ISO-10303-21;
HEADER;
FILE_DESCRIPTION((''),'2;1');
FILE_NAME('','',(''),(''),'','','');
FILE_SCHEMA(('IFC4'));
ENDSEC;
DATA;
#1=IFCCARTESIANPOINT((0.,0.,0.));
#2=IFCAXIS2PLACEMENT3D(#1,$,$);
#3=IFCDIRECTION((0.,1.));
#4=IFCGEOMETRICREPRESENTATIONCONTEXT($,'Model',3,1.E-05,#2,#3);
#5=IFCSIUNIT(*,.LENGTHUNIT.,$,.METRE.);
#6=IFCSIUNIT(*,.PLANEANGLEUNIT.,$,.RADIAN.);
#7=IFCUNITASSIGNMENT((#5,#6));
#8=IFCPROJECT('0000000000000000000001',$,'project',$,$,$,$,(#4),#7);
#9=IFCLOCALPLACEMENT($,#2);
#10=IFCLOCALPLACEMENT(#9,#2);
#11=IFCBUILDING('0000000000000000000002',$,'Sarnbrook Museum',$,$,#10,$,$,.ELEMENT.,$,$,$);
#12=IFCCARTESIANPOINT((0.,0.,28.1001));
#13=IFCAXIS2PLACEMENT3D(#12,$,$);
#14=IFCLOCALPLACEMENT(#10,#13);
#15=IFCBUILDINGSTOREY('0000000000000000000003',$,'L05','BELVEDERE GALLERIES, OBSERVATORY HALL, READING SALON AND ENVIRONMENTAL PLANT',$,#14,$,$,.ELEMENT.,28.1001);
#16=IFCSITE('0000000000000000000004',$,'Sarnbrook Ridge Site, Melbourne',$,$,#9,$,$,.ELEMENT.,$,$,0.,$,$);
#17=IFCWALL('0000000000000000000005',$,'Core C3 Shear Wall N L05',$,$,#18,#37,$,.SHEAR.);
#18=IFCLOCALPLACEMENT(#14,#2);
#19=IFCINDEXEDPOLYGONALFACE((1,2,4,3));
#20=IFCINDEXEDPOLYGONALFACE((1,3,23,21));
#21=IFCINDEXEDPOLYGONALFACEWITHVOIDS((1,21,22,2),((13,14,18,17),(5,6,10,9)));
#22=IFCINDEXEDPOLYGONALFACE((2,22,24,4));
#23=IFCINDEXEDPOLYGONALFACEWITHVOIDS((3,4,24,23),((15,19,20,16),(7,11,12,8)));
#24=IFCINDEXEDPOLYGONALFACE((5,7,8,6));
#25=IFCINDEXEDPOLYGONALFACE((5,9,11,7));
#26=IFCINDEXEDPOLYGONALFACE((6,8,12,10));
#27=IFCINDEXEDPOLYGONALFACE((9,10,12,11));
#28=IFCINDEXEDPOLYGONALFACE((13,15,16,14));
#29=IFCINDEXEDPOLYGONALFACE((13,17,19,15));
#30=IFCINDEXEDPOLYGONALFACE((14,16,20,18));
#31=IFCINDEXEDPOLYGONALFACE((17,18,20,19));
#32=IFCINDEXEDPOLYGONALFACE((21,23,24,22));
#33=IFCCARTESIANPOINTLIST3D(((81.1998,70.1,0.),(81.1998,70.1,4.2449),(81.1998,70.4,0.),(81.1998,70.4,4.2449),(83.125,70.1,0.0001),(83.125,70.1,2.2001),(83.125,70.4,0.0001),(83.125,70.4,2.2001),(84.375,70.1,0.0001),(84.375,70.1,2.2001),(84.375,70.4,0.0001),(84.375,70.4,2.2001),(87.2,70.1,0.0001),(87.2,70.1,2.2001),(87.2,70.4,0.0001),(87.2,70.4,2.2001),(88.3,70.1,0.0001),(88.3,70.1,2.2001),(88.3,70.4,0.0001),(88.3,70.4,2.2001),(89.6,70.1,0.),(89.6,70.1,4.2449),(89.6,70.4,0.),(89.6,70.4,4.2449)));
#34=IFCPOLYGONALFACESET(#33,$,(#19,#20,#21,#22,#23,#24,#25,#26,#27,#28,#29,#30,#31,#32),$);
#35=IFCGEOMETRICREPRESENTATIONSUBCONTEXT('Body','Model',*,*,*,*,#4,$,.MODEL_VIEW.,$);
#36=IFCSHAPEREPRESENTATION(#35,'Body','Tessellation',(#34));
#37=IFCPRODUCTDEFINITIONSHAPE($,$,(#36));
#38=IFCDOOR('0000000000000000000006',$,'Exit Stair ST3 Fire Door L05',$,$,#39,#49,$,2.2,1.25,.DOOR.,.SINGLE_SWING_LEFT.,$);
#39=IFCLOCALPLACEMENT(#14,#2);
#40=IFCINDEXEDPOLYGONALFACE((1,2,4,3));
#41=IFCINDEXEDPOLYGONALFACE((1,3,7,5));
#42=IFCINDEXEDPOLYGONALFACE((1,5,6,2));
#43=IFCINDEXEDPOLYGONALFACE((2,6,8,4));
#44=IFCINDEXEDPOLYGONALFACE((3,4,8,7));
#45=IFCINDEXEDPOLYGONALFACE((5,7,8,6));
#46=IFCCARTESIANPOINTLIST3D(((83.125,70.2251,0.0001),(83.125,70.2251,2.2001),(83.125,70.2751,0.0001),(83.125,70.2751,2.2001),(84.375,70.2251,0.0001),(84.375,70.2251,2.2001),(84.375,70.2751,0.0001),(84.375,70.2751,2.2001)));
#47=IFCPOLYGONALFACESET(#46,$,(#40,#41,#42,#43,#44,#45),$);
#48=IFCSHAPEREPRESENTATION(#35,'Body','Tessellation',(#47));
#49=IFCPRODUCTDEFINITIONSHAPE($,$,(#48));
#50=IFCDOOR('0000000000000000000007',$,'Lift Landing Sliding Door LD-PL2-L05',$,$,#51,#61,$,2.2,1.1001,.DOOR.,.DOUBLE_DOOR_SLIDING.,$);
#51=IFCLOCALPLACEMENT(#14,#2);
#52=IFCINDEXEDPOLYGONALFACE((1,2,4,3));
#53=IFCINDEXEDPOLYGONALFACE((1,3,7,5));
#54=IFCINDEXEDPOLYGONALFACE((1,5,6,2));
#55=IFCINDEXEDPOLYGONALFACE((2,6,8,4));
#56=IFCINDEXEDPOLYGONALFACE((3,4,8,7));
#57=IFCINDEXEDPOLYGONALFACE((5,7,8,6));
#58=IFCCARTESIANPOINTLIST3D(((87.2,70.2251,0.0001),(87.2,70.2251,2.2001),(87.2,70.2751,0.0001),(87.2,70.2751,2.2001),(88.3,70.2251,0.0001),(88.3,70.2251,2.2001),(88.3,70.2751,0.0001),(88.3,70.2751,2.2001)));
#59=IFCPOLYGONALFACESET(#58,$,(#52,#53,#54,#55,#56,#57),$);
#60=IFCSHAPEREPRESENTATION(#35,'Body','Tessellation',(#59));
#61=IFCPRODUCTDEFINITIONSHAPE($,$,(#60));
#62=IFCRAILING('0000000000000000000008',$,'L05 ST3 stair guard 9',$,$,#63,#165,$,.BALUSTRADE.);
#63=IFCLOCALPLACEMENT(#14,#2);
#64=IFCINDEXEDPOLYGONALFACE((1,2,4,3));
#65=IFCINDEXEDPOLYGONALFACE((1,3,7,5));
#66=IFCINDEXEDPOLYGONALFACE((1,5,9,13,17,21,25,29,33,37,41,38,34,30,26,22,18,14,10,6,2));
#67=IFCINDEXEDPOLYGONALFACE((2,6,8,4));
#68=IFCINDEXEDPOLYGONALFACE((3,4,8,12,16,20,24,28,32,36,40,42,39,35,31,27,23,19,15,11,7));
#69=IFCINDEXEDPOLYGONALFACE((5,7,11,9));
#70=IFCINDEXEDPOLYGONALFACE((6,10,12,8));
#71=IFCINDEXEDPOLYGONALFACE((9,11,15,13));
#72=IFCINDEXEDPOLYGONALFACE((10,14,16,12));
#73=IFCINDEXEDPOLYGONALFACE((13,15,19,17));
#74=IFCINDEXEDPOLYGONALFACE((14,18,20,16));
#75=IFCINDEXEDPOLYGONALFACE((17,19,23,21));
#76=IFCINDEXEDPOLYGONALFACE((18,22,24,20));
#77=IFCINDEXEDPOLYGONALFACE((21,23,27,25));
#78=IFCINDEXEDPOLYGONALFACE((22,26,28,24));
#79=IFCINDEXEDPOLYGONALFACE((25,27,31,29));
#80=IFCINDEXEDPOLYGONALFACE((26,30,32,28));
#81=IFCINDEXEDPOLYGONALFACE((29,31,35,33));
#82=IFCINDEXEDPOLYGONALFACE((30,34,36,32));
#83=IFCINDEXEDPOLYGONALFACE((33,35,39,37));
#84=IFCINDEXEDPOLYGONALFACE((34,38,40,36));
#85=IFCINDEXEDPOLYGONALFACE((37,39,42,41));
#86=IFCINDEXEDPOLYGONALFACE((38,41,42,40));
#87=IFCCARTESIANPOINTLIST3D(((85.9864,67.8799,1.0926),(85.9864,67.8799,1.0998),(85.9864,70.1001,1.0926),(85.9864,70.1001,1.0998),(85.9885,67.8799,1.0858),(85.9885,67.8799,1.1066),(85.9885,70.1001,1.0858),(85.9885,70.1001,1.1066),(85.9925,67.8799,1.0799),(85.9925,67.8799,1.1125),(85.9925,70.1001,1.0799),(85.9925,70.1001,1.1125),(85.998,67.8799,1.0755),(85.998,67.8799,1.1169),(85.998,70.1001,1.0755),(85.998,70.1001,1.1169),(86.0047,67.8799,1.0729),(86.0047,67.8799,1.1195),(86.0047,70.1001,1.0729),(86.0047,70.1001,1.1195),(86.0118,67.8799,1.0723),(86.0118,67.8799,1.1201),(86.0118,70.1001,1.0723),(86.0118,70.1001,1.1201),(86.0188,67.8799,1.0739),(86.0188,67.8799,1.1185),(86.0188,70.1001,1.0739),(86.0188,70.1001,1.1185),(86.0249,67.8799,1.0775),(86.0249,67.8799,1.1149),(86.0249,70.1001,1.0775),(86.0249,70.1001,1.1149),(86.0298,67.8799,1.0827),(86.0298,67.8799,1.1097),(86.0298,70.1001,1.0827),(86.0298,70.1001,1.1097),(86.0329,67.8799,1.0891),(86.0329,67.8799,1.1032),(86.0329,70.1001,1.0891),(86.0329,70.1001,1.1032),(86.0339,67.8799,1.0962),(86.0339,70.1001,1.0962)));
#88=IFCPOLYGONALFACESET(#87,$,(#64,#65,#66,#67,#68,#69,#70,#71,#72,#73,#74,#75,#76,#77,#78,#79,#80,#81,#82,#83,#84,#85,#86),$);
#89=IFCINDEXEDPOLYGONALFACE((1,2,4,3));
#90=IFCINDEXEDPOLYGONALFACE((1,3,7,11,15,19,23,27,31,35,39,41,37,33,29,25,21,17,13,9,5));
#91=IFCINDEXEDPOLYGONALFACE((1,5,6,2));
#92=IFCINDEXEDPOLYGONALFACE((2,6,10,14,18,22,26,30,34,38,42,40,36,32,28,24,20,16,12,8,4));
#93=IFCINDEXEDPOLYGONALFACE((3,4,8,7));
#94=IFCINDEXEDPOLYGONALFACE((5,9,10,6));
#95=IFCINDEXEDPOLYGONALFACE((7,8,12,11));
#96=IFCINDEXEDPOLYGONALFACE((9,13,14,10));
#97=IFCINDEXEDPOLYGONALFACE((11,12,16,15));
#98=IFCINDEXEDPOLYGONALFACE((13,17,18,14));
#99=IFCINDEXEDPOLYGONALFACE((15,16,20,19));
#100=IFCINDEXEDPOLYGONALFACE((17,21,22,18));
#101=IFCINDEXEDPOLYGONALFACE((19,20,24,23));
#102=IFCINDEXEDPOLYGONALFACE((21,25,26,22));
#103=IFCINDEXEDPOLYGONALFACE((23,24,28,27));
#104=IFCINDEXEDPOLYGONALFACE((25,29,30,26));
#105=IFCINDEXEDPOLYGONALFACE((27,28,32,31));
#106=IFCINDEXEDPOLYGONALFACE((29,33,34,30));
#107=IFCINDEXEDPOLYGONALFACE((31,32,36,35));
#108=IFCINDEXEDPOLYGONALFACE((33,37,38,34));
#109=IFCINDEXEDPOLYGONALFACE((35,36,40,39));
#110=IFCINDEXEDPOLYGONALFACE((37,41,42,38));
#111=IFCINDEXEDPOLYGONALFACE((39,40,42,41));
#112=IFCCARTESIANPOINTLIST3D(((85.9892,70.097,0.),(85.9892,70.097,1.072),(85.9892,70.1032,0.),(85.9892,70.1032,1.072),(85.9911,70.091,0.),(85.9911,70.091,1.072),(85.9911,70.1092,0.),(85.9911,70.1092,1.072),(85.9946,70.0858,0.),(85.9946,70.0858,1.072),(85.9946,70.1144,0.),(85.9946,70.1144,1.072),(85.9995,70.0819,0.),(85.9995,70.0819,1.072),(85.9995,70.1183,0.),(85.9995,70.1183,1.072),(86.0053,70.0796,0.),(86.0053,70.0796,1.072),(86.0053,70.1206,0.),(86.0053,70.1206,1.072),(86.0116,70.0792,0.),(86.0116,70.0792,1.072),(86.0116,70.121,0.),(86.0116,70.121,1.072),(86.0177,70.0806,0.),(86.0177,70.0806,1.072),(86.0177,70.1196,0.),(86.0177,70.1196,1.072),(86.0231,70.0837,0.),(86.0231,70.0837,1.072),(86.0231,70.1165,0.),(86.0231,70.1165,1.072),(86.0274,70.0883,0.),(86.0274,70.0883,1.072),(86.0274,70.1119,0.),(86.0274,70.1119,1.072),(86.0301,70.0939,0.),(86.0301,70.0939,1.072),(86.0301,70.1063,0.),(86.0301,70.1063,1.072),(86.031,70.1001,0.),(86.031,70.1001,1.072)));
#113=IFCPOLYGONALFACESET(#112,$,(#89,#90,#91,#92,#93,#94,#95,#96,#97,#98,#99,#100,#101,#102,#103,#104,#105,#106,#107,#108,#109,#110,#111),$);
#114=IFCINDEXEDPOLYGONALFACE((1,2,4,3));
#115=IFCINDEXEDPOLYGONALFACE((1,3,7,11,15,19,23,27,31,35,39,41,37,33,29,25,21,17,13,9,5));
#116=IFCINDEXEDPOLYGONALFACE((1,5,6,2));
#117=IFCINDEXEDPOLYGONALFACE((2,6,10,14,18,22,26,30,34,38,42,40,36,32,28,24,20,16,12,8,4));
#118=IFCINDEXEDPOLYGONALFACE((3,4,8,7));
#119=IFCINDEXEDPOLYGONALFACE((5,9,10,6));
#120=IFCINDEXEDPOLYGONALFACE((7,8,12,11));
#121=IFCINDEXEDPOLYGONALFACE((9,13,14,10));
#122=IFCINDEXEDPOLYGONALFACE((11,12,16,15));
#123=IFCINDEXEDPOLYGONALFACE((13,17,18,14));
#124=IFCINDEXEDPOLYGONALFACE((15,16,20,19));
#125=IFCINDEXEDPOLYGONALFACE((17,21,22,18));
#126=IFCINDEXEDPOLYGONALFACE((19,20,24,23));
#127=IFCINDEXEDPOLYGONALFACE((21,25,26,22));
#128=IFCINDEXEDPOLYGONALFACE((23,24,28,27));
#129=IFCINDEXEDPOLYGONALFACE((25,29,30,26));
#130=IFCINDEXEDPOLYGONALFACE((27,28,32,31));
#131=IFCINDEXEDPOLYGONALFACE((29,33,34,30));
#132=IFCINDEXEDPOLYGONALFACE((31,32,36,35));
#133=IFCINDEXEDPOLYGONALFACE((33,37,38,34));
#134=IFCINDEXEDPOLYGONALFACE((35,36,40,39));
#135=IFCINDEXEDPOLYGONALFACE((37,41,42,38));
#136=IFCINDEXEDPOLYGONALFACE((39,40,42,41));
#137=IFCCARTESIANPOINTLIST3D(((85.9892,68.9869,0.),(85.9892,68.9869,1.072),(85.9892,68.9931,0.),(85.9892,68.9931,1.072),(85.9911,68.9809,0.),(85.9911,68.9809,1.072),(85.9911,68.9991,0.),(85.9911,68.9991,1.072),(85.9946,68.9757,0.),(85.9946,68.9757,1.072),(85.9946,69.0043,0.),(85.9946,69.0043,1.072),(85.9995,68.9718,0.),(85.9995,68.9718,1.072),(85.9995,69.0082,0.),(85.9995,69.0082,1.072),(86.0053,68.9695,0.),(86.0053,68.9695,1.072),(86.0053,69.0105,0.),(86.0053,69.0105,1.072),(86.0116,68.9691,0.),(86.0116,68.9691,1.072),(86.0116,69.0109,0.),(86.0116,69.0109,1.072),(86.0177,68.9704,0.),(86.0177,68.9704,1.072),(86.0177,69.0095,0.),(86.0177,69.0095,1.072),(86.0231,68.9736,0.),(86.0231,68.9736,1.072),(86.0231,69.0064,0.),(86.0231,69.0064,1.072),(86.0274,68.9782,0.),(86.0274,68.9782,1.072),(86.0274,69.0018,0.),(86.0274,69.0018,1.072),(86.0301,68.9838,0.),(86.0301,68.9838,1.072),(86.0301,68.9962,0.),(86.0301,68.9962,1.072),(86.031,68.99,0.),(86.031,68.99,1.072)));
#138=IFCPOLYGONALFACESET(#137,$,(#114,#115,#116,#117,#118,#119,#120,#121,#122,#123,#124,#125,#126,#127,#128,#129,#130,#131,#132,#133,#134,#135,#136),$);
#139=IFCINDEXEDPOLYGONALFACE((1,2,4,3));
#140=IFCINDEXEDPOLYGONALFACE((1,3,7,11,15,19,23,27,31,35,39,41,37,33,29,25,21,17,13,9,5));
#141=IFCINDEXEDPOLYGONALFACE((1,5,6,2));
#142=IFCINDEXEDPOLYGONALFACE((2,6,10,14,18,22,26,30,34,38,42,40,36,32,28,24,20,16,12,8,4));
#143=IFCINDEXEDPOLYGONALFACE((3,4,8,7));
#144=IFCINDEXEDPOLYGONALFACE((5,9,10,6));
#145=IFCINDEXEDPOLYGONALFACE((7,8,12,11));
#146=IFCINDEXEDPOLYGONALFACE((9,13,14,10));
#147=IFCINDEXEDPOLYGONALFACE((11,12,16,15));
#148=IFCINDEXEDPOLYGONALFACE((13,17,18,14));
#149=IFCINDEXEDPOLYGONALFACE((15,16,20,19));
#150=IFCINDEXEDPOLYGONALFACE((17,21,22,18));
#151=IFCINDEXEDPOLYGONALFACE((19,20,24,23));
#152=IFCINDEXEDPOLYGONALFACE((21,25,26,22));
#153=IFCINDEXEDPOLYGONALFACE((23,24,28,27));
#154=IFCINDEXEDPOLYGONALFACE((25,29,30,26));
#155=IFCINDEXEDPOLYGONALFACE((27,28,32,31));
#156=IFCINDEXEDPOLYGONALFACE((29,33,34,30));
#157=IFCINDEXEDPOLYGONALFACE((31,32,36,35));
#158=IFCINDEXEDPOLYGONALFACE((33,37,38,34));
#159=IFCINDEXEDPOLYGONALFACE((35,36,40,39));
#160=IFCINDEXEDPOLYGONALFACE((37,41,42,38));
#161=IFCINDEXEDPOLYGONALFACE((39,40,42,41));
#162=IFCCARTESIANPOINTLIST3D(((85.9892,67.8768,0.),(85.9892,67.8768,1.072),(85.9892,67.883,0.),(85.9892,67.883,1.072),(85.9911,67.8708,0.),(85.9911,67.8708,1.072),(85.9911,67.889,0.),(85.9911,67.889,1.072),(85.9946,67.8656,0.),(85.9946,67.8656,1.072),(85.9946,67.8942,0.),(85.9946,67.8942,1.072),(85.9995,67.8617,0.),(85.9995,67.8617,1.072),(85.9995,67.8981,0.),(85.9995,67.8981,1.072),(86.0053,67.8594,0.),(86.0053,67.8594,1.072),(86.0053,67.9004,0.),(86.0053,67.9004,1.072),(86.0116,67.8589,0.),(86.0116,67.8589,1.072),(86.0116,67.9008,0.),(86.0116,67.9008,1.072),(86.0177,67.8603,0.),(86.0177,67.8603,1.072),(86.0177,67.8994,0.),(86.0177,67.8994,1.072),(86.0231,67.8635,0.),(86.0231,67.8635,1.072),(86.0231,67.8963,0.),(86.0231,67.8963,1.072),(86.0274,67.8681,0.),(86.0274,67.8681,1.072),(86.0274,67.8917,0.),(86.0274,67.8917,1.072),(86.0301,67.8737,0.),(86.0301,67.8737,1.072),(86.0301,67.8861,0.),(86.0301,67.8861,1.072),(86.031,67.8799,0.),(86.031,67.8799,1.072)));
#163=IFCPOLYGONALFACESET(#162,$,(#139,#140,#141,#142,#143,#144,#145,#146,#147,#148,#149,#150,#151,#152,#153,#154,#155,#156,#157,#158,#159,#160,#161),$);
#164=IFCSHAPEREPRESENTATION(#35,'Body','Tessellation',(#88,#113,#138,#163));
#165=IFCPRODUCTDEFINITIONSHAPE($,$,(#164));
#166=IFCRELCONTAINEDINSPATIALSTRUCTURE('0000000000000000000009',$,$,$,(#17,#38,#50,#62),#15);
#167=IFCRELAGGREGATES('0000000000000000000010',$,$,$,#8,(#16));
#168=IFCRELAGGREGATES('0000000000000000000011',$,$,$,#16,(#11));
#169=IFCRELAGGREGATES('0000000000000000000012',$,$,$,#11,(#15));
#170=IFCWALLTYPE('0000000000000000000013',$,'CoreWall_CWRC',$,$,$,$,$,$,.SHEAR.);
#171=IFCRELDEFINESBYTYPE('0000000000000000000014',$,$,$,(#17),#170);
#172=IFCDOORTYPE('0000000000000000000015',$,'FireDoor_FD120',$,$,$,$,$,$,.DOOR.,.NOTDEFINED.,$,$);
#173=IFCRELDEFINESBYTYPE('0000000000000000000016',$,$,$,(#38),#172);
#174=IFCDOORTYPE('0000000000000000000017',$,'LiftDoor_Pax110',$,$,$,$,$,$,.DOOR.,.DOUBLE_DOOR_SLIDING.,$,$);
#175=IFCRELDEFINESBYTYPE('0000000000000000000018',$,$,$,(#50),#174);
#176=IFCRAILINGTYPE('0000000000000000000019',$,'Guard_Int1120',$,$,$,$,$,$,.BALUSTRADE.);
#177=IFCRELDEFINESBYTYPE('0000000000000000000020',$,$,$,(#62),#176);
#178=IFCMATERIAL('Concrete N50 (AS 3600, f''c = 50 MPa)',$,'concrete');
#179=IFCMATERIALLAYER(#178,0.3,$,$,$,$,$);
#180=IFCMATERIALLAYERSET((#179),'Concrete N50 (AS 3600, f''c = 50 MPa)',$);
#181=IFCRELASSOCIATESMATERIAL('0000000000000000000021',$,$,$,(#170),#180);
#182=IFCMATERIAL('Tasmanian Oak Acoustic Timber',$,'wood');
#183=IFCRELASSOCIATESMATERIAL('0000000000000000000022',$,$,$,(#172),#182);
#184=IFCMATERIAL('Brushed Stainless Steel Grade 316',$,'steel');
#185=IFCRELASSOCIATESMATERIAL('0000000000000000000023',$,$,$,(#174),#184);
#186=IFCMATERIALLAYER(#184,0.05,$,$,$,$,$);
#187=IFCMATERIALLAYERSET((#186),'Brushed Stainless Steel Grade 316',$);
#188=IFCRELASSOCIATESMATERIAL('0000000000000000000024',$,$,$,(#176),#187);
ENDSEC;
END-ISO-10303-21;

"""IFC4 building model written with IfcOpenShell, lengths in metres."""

from ifc_helpers import new_model, si_unit, direction, frame, frame_2d, origin, origin_2d, place, context, subcontext, project, spatial, rectangle, circle, extrude, material, layer, layer_set, type_object, element, fill, save


model = new_model("IFC4")

# Units and contexts
model_context = context("Model", 3, precision=1e-05, world=origin(), true_north=direction((0.0, 1.0)))
body_context = subcontext(model_context, "Body", "Model", "MODEL_VIEW")
ifc_project = project(units=[si_unit("LENGTHUNIT", "METRE"), si_unit("PLANEANGLEUNIT", "RADIAN")], contexts=[model_context])

# Site, building, storey
site_placement = place(None, origin())
site = spatial("IfcSite", under=ifc_project, at=site_placement, Name="Sarnbrook Ridge Site, Melbourne", CompositionType="ELEMENT", RefElevation=0.0)
building_placement = place(site_placement, origin())
building = spatial("IfcBuilding", under=site, at=building_placement, Name="Sarnbrook Museum", CompositionType="ELEMENT")
storey_placement = place(building_placement, frame((0.0, 0.0, 28.1001)))
storey = spatial("IfcBuildingStorey", under=building, at=storey_placement, Name="L05", Description="BELVEDERE GALLERIES, OBSERVATORY HALL, READING SALON AND ENVIRONMENTAL PLANT", CompositionType="ELEMENT", Elevation=28.1001)

# Wall, openings, doors
ifc_material_1 = material(Name="Concrete N50 (AS 3600, f'c = 50 MPa)", Category="concrete")
ifc_layer_1 = layer(ifc_material_1, 0.3)
ifc_layer_set_1 = layer_set([ifc_layer_1], Name="Concrete N50 (AS 3600, f'c = 50 MPa)")
wall_type = type_object("IfcWallType", Name="CoreWall_CWRC", PredefinedType="SHEAR", material=ifc_layer_set_1)
wall_placement = place(storey_placement, frame((89.6001, 70.25, 0.0), z_axis=(0.0, 0.0, 1.0), x_axis=(-1.0, 0.0, 0.0)))
wall = element("IfcWall", 1, at=wall_placement, inside=storey, type_object=wall_type, Name="Core C3 Shear Wall N L05", PredefinedType="SHEAR", context=body_context, shape_type="SweptSolid", body=[
    extrude(rectangle(XDim=8.4001, YDim=0.3, at=frame_2d((4.2002, 0.0))), origin(), (0.0, 0.0, 1.0), 4.2449),
])
opening_1_placement = place(wall_placement, frame((5.2251, 0.0, 0.0)))
opening_1 = element("IfcOpeningElement", 2, at=opening_1_placement, cuts=wall, PredefinedType="OPENING", context=body_context, shape_type="SweptSolid", body=[
    extrude(rectangle(XDim=1.25, YDim=2.2, at=frame_2d((0.625, 1.1001))), frame((0.0, 0.1602, 0.0), z_axis=(0.0, -1.0, 0.0), x_axis=(1.0, 0.0, 0.0)), (0.0, 0.0, 1.0), 0.3201),
])
opening_2_placement = place(wall_placement, frame((1.3, 0.0, 0.0)))
opening_2 = element("IfcOpeningElement", 3, at=opening_2_placement, cuts=wall, PredefinedType="OPENING", context=body_context, shape_type="SweptSolid", body=[
    extrude(rectangle(XDim=1.1001, YDim=2.2, at=frame_2d((0.55, 1.1001))), frame((0.0, 0.1602, 0.0), z_axis=(0.0, -1.0, 0.0), x_axis=(1.0, 0.0, 0.0)), (0.0, 0.0, 1.0), 0.3201),
])
ifc_material_2 = material(Name="Tasmanian Oak Acoustic Timber", Category="wood")
door_type_1 = type_object("IfcDoorType", Name="FireDoor_FD120", OperationType="NOTDEFINED", PredefinedType="DOOR", material=ifc_material_2)
door_1_placement = place(opening_1_placement, origin())
door_1 = element("IfcDoor", 4, at=door_1_placement, inside=storey, type_object=door_type_1, Name="Exit Stair ST3 Fire Door L05", OperationType="SINGLE_SWING_LEFT", OverallHeight=2.2, OverallWidth=1.25, PredefinedType="DOOR", context=body_context, shape_type="SweptSolid", body=[
    extrude(rectangle(XDim=1.25, YDim=2.2, at=frame_2d((0.625, 1.1001))), frame((0.0, 0.0249, 0.0), z_axis=(0.0, -1.0, 0.0), x_axis=(1.0, 0.0, 0.0)), (0.0, 0.0, 1.0), 0.05),
])
fill(opening_1, door_1)
ifc_material_3 = material(Name="Brushed Stainless Steel Grade 316", Category="steel")
door_type_2 = type_object("IfcDoorType", Name="LiftDoor_Pax110", OperationType="DOUBLE_DOOR_SLIDING", PredefinedType="DOOR", material=ifc_material_3)
door_2_placement = place(opening_2_placement, origin())
door_2 = element("IfcDoor", 5, at=door_2_placement, inside=storey, type_object=door_type_2, Name="Lift Landing Sliding Door LD-PL2-L05", OperationType="DOUBLE_DOOR_SLIDING", OverallHeight=2.2, OverallWidth=1.1001, PredefinedType="DOOR", context=body_context, shape_type="SweptSolid", body=[
    extrude(rectangle(XDim=1.1001, YDim=2.2, at=frame_2d((0.55, 1.1001))), frame((0.0, 0.0249, 0.0), z_axis=(0.0, -1.0, 0.0), x_axis=(1.0, 0.0, 0.0)), (0.0, 0.0, 1.0), 0.05),
])
fill(opening_2, door_2)

# Railing
ifc_layer_2 = layer(ifc_material_3, 0.05)
ifc_layer_set_2 = layer_set([ifc_layer_2], Name="Brushed Stainless Steel Grade 316")
railing_type = type_object("IfcRailingType", Name="Guard_Int1120", PredefinedType="BALUSTRADE", material=ifc_layer_set_2)
railing_placement = place(storey_placement, frame((86.01, 70.1001, 0.0)))
element("IfcRailing", 6, at=railing_placement, inside=storey, type_object=railing_type, Name="L05 ST3 stair guard 9", PredefinedType="BALUSTRADE", context=body_context, shape_type="SweptSolid", body=[
    extrude(circle(Radius=0.0239, at=origin_2d()), frame((0.0, 0.0, 1.0962), z_axis=(0.0, -1.0, 0.0), x_axis=(1.0, 0.0, 0.0)), (0.0, 0.0, 1.0), 2.2202),
    extrude(circle(Radius=0.021, at=origin_2d()), origin(), (0.0, 0.0, 1.0), 1.072),
    extrude(circle(Radius=0.021, at=origin_2d()), frame((0.0, -1.1101, 0.0)), (0.0, 0.0, 1.0), 1.072),
    extrude(circle(Radius=0.021, at=origin_2d()), frame((0.0, -2.2202, 0.0)), (0.0, 0.0, 1.0), 1.072),
])

save(model, "model.ifc")
